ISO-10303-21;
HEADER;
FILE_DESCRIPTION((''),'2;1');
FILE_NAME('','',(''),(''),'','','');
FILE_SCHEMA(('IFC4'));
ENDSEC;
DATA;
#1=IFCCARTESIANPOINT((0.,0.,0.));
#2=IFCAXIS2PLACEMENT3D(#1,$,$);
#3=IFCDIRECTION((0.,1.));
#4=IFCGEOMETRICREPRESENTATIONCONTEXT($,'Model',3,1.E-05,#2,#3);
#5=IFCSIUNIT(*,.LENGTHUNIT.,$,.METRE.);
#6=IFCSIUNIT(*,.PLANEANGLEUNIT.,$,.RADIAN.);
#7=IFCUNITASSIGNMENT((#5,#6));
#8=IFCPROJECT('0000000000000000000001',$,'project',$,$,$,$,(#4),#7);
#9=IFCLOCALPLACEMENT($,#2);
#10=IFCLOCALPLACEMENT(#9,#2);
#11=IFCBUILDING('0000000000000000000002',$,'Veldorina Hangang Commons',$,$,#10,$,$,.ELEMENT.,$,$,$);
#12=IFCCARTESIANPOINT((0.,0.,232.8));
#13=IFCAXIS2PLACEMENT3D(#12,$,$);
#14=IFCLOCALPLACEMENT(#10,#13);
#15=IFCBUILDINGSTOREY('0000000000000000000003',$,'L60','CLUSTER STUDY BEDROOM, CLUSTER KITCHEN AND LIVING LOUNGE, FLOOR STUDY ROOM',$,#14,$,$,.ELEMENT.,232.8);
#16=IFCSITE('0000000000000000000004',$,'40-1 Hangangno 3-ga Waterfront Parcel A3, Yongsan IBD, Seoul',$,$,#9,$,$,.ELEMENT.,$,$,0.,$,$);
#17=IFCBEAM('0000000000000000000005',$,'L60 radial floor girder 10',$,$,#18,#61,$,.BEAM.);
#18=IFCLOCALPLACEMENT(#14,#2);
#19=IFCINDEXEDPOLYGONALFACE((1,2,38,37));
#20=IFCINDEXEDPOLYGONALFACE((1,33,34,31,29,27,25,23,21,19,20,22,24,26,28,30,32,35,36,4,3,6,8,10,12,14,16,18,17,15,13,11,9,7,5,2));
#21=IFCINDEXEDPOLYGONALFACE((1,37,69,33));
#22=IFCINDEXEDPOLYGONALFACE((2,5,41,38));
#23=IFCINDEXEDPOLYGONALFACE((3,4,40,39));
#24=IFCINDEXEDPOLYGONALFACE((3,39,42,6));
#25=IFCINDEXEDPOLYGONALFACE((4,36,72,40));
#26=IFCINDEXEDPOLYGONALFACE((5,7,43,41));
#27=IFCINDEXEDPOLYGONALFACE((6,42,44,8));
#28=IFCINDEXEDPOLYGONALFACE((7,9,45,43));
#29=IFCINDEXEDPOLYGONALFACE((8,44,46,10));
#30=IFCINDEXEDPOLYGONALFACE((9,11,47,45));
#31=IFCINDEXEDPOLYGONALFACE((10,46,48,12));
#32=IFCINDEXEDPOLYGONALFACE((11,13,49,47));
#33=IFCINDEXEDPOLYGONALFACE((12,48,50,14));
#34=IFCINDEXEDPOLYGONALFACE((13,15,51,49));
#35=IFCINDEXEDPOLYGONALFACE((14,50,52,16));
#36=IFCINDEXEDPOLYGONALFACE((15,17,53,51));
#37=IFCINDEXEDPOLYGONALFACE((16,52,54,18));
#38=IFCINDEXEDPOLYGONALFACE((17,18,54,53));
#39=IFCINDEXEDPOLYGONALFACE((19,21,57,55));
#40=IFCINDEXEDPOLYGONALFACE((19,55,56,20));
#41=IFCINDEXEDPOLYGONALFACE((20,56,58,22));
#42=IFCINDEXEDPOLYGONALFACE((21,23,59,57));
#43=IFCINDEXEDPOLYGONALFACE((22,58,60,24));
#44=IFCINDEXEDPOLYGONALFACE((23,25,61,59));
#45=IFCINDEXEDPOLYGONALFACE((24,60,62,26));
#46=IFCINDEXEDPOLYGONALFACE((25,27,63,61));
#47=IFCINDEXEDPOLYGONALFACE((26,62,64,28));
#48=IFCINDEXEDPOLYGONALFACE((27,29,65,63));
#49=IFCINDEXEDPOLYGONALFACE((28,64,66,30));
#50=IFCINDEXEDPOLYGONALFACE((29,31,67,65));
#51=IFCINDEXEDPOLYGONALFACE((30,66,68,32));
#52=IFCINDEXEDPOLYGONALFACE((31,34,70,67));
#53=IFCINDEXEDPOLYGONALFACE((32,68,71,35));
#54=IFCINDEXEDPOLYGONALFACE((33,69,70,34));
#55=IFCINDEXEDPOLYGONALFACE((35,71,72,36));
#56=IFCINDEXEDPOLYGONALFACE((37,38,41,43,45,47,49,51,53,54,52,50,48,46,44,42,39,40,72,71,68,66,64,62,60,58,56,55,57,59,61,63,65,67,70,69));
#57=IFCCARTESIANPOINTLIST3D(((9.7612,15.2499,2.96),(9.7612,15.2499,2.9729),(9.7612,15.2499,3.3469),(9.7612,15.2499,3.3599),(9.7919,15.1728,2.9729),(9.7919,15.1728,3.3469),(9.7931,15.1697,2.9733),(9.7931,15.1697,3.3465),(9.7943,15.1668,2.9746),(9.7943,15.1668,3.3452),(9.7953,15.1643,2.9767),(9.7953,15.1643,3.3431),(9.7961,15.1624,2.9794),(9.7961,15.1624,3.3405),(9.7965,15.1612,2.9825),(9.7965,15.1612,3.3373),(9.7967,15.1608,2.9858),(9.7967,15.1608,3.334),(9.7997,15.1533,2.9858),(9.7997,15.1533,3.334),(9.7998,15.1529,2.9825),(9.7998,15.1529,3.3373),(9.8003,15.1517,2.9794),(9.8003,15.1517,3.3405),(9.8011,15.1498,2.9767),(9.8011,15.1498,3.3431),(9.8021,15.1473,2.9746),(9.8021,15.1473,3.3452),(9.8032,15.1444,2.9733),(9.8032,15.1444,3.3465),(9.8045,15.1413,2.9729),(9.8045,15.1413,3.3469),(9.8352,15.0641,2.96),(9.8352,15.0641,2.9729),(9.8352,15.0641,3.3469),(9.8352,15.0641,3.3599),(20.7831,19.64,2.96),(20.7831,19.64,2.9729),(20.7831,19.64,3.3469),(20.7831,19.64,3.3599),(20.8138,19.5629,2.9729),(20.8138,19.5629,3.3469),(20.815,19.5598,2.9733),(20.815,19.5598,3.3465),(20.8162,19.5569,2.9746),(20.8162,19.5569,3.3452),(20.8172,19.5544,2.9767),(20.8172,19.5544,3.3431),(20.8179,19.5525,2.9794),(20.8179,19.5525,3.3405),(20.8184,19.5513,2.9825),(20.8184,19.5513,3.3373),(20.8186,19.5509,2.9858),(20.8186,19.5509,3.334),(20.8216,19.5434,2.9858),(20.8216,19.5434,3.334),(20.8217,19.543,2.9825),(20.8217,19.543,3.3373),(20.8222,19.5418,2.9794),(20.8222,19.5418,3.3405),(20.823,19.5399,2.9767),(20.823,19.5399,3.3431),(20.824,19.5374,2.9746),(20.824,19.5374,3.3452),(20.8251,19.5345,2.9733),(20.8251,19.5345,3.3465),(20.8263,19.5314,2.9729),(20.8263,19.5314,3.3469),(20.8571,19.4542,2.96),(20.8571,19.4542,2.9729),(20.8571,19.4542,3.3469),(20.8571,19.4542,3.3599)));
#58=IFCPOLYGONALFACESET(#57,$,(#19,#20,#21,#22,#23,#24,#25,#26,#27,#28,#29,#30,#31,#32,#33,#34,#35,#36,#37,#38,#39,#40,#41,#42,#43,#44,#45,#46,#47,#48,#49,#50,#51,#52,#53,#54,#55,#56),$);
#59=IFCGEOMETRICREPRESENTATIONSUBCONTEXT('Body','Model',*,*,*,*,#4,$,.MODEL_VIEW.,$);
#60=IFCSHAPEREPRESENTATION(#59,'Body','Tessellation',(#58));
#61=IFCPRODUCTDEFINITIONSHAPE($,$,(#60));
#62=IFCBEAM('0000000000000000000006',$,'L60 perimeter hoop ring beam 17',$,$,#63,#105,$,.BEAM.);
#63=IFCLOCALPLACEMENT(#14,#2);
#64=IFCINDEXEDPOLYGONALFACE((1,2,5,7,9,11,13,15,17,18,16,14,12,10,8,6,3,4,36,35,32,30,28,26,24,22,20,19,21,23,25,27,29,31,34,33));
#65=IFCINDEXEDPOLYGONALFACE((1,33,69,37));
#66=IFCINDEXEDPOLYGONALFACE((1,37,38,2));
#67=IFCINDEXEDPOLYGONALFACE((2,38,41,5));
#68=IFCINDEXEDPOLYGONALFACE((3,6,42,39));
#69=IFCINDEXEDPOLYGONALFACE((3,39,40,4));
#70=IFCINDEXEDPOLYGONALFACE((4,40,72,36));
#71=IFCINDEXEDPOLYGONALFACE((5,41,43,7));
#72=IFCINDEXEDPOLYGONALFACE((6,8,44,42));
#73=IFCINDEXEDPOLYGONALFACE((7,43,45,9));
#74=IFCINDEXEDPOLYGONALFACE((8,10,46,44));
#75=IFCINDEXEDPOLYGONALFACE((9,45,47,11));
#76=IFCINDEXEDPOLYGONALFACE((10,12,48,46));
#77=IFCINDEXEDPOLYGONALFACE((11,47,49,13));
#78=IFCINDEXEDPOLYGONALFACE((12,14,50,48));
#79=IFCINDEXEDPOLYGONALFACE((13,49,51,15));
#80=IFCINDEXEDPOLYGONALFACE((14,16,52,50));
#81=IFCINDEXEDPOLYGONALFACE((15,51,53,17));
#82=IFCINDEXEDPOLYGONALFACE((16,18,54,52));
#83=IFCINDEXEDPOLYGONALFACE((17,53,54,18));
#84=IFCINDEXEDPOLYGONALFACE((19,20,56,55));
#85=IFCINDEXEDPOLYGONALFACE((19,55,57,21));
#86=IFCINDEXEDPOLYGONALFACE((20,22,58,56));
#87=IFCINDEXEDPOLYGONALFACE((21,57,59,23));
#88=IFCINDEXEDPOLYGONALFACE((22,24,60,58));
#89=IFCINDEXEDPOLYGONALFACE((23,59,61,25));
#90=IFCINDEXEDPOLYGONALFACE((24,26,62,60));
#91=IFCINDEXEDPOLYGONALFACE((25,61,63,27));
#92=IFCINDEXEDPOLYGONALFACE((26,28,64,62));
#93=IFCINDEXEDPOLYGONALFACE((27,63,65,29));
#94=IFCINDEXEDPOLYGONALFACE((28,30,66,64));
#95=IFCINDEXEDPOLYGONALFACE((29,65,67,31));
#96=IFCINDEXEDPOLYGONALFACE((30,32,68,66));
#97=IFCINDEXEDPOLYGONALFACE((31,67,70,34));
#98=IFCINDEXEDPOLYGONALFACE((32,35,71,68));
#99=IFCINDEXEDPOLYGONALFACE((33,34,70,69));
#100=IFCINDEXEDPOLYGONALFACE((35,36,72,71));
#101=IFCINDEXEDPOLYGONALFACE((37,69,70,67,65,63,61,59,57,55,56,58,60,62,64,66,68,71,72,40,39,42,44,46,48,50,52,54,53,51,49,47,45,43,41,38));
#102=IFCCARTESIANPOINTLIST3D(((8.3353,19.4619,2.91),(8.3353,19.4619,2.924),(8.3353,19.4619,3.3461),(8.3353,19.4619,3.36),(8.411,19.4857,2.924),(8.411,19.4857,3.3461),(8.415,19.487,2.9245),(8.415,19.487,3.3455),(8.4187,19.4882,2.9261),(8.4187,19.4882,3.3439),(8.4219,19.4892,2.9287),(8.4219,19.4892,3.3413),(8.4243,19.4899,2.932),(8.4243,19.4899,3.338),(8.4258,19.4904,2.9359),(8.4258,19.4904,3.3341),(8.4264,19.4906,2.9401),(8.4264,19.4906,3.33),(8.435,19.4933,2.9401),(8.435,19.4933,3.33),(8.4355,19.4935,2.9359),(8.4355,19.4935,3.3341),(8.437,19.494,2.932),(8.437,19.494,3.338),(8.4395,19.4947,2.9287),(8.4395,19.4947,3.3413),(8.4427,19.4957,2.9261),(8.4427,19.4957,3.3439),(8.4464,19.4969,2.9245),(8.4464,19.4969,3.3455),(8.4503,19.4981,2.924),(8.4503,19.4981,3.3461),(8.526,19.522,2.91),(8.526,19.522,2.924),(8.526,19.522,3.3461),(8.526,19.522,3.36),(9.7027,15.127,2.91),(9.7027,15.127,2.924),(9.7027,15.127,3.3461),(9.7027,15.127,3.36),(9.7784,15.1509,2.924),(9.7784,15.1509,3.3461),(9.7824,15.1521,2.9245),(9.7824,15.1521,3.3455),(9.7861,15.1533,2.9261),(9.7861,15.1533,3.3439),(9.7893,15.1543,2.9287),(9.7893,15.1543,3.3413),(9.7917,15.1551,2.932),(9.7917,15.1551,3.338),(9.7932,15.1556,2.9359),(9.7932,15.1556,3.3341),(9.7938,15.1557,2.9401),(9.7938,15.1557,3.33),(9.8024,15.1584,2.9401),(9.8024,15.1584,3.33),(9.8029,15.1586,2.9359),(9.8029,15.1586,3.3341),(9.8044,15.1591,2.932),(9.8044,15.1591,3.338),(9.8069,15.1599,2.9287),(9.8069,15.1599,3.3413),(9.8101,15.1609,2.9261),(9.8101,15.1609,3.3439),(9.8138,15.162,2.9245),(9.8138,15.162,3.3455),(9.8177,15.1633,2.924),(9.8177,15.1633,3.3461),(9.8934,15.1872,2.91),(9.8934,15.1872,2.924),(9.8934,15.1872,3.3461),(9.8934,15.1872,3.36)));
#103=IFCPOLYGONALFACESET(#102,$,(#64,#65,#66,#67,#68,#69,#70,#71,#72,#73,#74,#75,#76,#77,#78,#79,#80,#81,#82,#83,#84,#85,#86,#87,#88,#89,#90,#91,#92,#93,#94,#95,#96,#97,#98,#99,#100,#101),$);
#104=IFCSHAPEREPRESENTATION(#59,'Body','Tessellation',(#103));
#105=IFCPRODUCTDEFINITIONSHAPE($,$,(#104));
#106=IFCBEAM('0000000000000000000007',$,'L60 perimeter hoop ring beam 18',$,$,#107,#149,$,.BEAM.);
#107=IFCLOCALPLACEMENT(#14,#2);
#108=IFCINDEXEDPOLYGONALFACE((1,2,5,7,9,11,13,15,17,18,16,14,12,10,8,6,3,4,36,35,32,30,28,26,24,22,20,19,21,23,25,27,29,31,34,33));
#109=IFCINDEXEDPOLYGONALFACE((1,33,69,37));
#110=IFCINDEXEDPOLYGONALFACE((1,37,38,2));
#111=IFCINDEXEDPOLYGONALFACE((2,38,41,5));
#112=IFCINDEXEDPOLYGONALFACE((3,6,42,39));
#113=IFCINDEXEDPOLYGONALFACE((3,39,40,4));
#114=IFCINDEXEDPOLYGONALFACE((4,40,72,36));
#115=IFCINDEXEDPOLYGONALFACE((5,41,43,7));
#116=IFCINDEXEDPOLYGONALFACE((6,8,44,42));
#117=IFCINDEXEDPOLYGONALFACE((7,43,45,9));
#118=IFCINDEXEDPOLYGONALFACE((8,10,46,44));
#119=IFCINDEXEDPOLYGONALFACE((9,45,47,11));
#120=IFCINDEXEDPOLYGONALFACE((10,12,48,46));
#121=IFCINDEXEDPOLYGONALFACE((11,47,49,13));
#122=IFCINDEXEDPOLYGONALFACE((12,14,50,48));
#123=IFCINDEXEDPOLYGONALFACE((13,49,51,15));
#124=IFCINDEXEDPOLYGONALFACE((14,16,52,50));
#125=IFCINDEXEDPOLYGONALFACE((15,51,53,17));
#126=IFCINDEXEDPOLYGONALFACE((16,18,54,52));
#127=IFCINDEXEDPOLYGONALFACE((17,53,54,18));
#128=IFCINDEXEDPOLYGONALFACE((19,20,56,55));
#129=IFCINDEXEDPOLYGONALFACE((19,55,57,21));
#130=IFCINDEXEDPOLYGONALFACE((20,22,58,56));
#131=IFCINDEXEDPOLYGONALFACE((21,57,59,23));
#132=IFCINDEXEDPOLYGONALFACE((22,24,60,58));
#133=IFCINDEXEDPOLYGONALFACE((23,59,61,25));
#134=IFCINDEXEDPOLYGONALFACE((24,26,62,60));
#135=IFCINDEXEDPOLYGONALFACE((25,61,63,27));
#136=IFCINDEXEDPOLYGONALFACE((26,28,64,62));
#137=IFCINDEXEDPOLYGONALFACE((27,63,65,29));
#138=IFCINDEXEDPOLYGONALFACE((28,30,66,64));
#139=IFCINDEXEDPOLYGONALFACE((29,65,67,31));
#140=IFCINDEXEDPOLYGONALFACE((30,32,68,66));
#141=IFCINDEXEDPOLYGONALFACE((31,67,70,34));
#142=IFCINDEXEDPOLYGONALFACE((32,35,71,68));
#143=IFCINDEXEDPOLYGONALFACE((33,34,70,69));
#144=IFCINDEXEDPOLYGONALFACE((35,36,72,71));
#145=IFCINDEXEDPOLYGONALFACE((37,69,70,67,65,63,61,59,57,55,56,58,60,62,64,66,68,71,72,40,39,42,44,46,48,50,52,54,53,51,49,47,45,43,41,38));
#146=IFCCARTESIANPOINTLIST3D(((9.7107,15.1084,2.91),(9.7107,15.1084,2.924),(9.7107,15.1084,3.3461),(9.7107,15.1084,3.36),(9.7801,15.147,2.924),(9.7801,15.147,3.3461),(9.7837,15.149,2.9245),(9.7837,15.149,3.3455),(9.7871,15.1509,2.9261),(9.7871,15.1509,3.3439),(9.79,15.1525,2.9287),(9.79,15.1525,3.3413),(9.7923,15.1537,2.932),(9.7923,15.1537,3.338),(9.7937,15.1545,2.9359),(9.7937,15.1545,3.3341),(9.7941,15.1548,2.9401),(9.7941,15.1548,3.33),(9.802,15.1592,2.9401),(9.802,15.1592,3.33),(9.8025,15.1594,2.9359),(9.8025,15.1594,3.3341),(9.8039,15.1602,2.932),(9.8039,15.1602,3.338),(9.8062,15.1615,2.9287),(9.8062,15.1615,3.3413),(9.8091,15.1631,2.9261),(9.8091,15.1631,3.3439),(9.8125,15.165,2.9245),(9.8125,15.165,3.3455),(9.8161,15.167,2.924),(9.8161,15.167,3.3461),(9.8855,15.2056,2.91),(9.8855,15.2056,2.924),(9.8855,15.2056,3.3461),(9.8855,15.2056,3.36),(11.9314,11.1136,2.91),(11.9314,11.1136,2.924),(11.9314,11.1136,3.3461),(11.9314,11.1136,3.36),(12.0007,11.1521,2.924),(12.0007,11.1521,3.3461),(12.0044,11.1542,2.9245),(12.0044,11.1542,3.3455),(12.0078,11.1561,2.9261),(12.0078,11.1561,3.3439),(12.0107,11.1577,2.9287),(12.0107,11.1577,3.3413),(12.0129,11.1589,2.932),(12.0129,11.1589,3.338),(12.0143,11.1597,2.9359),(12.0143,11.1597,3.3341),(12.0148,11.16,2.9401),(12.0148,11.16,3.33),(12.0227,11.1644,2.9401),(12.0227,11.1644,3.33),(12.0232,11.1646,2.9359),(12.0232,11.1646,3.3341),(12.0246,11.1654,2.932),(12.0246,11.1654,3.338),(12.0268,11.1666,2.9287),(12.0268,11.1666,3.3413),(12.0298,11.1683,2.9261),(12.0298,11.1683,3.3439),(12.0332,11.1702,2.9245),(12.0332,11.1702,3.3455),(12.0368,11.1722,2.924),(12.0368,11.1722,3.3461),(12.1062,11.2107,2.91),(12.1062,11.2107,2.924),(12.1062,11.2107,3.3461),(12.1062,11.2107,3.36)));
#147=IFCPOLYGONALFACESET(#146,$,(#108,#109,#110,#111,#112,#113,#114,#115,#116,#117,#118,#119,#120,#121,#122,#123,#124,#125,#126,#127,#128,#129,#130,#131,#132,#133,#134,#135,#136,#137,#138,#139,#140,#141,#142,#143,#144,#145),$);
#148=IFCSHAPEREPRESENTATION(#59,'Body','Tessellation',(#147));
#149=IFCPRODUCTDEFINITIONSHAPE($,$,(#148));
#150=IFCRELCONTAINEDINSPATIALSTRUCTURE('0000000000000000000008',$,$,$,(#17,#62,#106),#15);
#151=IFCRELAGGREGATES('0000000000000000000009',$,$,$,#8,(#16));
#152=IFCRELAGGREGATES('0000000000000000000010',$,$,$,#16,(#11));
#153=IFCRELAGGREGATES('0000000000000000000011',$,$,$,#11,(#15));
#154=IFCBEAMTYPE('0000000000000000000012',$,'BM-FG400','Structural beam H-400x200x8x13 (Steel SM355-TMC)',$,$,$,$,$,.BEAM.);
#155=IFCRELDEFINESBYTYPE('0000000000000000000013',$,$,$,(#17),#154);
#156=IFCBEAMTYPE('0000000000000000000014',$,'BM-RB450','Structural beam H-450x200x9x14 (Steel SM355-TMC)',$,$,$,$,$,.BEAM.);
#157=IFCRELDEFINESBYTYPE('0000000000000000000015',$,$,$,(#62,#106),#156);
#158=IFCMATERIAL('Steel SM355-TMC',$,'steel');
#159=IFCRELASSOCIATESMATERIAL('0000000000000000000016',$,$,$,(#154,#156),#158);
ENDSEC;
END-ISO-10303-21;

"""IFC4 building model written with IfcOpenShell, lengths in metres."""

from ifc_helpers import new_model, si_unit, direction, frame, origin, origin_2d, place, context, subcontext, project, spatial, i_section, extrude, material, material_profile, profile_set, type_object, element, save


model = new_model("IFC4")

# Units and contexts
model_context = context("Model", 3, precision=1e-05, world=origin(), true_north=direction((0.0, 1.0)))
body_context = subcontext(model_context, "Body", "Model", "MODEL_VIEW")
ifc_project = project(units=[si_unit("LENGTHUNIT", "METRE"), si_unit("PLANEANGLEUNIT", "RADIAN")], contexts=[model_context])

# Site, building, storey
site_placement = place(None, origin())
site = spatial("IfcSite", under=ifc_project, at=site_placement, Name="40-1 Hangangno 3-ga Waterfront Parcel A3, Yongsan IBD, Seoul", CompositionType="ELEMENT", RefElevation=0.0)
building_placement = place(site_placement, origin())
building = spatial("IfcBuilding", under=site, at=building_placement, Name="Veldorina Hangang Commons", CompositionType="ELEMENT")
storey_placement = place(building_placement, frame((0.0, 0.0, 232.8)))
storey = spatial("IfcBuildingStorey", under=building, at=storey_placement, Name="L60", Description="CLUSTER STUDY BEDROOM, CLUSTER KITCHEN AND LIVING LOUNGE, FLOOR STUDY ROOM", CompositionType="ELEMENT", Elevation=232.8)

# Beams
ifc_material_1 = material(Name="Steel SM355-TMC", Category="steel")
ifc_material_profile_1 = material_profile(ifc_material_1, i_section(OverallWidth=0.2, OverallDepth=0.3999, WebThickness=0.0081, FlangeThickness=0.0129, FilletRadius=0.0129, at=origin_2d()), Name="H-400x200x8x13")
ifc_profile_set_1 = profile_set([ifc_material_profile_1], Name="Steel SM355-TMC")
beam_type_1 = type_object("IfcBeamType", Name="BM-FG400", Description="Structural beam H-400x200x8x13 (Steel SM355-TMC)", PredefinedType="BEAM", material=ifc_profile_set_1)
beam_1_placement = place(storey_placement, frame((20.8201, 19.5471, 3.1599), z_axis=(-0.929018, -0.370035, 0.0), x_axis=(0.370035, -0.929018, 0.0)))
element("IfcBeam", 1, at=beam_1_placement, inside=storey, type_object=beam_type_1, Name="L60 radial floor girder 10", PredefinedType="BEAM", context=body_context, shape_type="SweptSolid", body=[
    extrude(i_section(OverallWidth=0.2, OverallDepth=0.3999, WebThickness=0.0081, FlangeThickness=0.0129, FilletRadius=0.0129, at=origin_2d()), origin(), (0.0, 0.0, 1.0), 11.864),
])
ifc_material_profile_2 = material_profile(ifc_material_1, i_section(OverallWidth=0.2, OverallDepth=0.45, WebThickness=0.009, FlangeThickness=0.0139, FilletRadius=0.0161, at=origin_2d()), Name="H-450x200x9x14")
ifc_profile_set_2 = profile_set([ifc_material_profile_2], Name="Steel SM355-TMC")
beam_type_2 = type_object("IfcBeamType", Name="BM-RB450", Description="Structural beam H-450x200x9x14 (Steel SM355-TMC)", PredefinedType="BEAM", material=ifc_profile_set_2)
beam_2_placement = place(storey_placement, frame((8.4307, 19.4919, 3.135), z_axis=(0.300831, -0.953678, 0.0), x_axis=(0.953678, 0.300831, 0.0)))
element("IfcBeam", 2, at=beam_2_placement, inside=storey, type_object=beam_type_2, Name="L60 perimeter hoop ring beam 17", PredefinedType="BEAM", context=body_context, shape_type="SweptSolid", body=[
    extrude(i_section(OverallWidth=0.2, OverallDepth=0.45, WebThickness=0.009, FlangeThickness=0.0139, FilletRadius=0.0161, at=origin_2d()), origin(), (0.0, 0.0, 1.0), 4.5454),
])
beam_3_placement = place(storey_placement, frame((9.7981, 15.157, 3.135), z_axis=(0.485865, -0.874034, 0.0), x_axis=(0.874034, 0.485865, 0.0)))
element("IfcBeam", 3, at=beam_3_placement, inside=storey, type_object=beam_type_2, Name="L60 perimeter hoop ring beam 18", PredefinedType="BEAM", context=body_context, shape_type="SweptSolid", body=[
    extrude(i_section(OverallWidth=0.2, OverallDepth=0.45, WebThickness=0.009, FlangeThickness=0.0139, FilletRadius=0.0161, at=origin_2d()), origin(), (0.0, 0.0, 1.0), 4.5706),
])

save(model, "model.ifc")
